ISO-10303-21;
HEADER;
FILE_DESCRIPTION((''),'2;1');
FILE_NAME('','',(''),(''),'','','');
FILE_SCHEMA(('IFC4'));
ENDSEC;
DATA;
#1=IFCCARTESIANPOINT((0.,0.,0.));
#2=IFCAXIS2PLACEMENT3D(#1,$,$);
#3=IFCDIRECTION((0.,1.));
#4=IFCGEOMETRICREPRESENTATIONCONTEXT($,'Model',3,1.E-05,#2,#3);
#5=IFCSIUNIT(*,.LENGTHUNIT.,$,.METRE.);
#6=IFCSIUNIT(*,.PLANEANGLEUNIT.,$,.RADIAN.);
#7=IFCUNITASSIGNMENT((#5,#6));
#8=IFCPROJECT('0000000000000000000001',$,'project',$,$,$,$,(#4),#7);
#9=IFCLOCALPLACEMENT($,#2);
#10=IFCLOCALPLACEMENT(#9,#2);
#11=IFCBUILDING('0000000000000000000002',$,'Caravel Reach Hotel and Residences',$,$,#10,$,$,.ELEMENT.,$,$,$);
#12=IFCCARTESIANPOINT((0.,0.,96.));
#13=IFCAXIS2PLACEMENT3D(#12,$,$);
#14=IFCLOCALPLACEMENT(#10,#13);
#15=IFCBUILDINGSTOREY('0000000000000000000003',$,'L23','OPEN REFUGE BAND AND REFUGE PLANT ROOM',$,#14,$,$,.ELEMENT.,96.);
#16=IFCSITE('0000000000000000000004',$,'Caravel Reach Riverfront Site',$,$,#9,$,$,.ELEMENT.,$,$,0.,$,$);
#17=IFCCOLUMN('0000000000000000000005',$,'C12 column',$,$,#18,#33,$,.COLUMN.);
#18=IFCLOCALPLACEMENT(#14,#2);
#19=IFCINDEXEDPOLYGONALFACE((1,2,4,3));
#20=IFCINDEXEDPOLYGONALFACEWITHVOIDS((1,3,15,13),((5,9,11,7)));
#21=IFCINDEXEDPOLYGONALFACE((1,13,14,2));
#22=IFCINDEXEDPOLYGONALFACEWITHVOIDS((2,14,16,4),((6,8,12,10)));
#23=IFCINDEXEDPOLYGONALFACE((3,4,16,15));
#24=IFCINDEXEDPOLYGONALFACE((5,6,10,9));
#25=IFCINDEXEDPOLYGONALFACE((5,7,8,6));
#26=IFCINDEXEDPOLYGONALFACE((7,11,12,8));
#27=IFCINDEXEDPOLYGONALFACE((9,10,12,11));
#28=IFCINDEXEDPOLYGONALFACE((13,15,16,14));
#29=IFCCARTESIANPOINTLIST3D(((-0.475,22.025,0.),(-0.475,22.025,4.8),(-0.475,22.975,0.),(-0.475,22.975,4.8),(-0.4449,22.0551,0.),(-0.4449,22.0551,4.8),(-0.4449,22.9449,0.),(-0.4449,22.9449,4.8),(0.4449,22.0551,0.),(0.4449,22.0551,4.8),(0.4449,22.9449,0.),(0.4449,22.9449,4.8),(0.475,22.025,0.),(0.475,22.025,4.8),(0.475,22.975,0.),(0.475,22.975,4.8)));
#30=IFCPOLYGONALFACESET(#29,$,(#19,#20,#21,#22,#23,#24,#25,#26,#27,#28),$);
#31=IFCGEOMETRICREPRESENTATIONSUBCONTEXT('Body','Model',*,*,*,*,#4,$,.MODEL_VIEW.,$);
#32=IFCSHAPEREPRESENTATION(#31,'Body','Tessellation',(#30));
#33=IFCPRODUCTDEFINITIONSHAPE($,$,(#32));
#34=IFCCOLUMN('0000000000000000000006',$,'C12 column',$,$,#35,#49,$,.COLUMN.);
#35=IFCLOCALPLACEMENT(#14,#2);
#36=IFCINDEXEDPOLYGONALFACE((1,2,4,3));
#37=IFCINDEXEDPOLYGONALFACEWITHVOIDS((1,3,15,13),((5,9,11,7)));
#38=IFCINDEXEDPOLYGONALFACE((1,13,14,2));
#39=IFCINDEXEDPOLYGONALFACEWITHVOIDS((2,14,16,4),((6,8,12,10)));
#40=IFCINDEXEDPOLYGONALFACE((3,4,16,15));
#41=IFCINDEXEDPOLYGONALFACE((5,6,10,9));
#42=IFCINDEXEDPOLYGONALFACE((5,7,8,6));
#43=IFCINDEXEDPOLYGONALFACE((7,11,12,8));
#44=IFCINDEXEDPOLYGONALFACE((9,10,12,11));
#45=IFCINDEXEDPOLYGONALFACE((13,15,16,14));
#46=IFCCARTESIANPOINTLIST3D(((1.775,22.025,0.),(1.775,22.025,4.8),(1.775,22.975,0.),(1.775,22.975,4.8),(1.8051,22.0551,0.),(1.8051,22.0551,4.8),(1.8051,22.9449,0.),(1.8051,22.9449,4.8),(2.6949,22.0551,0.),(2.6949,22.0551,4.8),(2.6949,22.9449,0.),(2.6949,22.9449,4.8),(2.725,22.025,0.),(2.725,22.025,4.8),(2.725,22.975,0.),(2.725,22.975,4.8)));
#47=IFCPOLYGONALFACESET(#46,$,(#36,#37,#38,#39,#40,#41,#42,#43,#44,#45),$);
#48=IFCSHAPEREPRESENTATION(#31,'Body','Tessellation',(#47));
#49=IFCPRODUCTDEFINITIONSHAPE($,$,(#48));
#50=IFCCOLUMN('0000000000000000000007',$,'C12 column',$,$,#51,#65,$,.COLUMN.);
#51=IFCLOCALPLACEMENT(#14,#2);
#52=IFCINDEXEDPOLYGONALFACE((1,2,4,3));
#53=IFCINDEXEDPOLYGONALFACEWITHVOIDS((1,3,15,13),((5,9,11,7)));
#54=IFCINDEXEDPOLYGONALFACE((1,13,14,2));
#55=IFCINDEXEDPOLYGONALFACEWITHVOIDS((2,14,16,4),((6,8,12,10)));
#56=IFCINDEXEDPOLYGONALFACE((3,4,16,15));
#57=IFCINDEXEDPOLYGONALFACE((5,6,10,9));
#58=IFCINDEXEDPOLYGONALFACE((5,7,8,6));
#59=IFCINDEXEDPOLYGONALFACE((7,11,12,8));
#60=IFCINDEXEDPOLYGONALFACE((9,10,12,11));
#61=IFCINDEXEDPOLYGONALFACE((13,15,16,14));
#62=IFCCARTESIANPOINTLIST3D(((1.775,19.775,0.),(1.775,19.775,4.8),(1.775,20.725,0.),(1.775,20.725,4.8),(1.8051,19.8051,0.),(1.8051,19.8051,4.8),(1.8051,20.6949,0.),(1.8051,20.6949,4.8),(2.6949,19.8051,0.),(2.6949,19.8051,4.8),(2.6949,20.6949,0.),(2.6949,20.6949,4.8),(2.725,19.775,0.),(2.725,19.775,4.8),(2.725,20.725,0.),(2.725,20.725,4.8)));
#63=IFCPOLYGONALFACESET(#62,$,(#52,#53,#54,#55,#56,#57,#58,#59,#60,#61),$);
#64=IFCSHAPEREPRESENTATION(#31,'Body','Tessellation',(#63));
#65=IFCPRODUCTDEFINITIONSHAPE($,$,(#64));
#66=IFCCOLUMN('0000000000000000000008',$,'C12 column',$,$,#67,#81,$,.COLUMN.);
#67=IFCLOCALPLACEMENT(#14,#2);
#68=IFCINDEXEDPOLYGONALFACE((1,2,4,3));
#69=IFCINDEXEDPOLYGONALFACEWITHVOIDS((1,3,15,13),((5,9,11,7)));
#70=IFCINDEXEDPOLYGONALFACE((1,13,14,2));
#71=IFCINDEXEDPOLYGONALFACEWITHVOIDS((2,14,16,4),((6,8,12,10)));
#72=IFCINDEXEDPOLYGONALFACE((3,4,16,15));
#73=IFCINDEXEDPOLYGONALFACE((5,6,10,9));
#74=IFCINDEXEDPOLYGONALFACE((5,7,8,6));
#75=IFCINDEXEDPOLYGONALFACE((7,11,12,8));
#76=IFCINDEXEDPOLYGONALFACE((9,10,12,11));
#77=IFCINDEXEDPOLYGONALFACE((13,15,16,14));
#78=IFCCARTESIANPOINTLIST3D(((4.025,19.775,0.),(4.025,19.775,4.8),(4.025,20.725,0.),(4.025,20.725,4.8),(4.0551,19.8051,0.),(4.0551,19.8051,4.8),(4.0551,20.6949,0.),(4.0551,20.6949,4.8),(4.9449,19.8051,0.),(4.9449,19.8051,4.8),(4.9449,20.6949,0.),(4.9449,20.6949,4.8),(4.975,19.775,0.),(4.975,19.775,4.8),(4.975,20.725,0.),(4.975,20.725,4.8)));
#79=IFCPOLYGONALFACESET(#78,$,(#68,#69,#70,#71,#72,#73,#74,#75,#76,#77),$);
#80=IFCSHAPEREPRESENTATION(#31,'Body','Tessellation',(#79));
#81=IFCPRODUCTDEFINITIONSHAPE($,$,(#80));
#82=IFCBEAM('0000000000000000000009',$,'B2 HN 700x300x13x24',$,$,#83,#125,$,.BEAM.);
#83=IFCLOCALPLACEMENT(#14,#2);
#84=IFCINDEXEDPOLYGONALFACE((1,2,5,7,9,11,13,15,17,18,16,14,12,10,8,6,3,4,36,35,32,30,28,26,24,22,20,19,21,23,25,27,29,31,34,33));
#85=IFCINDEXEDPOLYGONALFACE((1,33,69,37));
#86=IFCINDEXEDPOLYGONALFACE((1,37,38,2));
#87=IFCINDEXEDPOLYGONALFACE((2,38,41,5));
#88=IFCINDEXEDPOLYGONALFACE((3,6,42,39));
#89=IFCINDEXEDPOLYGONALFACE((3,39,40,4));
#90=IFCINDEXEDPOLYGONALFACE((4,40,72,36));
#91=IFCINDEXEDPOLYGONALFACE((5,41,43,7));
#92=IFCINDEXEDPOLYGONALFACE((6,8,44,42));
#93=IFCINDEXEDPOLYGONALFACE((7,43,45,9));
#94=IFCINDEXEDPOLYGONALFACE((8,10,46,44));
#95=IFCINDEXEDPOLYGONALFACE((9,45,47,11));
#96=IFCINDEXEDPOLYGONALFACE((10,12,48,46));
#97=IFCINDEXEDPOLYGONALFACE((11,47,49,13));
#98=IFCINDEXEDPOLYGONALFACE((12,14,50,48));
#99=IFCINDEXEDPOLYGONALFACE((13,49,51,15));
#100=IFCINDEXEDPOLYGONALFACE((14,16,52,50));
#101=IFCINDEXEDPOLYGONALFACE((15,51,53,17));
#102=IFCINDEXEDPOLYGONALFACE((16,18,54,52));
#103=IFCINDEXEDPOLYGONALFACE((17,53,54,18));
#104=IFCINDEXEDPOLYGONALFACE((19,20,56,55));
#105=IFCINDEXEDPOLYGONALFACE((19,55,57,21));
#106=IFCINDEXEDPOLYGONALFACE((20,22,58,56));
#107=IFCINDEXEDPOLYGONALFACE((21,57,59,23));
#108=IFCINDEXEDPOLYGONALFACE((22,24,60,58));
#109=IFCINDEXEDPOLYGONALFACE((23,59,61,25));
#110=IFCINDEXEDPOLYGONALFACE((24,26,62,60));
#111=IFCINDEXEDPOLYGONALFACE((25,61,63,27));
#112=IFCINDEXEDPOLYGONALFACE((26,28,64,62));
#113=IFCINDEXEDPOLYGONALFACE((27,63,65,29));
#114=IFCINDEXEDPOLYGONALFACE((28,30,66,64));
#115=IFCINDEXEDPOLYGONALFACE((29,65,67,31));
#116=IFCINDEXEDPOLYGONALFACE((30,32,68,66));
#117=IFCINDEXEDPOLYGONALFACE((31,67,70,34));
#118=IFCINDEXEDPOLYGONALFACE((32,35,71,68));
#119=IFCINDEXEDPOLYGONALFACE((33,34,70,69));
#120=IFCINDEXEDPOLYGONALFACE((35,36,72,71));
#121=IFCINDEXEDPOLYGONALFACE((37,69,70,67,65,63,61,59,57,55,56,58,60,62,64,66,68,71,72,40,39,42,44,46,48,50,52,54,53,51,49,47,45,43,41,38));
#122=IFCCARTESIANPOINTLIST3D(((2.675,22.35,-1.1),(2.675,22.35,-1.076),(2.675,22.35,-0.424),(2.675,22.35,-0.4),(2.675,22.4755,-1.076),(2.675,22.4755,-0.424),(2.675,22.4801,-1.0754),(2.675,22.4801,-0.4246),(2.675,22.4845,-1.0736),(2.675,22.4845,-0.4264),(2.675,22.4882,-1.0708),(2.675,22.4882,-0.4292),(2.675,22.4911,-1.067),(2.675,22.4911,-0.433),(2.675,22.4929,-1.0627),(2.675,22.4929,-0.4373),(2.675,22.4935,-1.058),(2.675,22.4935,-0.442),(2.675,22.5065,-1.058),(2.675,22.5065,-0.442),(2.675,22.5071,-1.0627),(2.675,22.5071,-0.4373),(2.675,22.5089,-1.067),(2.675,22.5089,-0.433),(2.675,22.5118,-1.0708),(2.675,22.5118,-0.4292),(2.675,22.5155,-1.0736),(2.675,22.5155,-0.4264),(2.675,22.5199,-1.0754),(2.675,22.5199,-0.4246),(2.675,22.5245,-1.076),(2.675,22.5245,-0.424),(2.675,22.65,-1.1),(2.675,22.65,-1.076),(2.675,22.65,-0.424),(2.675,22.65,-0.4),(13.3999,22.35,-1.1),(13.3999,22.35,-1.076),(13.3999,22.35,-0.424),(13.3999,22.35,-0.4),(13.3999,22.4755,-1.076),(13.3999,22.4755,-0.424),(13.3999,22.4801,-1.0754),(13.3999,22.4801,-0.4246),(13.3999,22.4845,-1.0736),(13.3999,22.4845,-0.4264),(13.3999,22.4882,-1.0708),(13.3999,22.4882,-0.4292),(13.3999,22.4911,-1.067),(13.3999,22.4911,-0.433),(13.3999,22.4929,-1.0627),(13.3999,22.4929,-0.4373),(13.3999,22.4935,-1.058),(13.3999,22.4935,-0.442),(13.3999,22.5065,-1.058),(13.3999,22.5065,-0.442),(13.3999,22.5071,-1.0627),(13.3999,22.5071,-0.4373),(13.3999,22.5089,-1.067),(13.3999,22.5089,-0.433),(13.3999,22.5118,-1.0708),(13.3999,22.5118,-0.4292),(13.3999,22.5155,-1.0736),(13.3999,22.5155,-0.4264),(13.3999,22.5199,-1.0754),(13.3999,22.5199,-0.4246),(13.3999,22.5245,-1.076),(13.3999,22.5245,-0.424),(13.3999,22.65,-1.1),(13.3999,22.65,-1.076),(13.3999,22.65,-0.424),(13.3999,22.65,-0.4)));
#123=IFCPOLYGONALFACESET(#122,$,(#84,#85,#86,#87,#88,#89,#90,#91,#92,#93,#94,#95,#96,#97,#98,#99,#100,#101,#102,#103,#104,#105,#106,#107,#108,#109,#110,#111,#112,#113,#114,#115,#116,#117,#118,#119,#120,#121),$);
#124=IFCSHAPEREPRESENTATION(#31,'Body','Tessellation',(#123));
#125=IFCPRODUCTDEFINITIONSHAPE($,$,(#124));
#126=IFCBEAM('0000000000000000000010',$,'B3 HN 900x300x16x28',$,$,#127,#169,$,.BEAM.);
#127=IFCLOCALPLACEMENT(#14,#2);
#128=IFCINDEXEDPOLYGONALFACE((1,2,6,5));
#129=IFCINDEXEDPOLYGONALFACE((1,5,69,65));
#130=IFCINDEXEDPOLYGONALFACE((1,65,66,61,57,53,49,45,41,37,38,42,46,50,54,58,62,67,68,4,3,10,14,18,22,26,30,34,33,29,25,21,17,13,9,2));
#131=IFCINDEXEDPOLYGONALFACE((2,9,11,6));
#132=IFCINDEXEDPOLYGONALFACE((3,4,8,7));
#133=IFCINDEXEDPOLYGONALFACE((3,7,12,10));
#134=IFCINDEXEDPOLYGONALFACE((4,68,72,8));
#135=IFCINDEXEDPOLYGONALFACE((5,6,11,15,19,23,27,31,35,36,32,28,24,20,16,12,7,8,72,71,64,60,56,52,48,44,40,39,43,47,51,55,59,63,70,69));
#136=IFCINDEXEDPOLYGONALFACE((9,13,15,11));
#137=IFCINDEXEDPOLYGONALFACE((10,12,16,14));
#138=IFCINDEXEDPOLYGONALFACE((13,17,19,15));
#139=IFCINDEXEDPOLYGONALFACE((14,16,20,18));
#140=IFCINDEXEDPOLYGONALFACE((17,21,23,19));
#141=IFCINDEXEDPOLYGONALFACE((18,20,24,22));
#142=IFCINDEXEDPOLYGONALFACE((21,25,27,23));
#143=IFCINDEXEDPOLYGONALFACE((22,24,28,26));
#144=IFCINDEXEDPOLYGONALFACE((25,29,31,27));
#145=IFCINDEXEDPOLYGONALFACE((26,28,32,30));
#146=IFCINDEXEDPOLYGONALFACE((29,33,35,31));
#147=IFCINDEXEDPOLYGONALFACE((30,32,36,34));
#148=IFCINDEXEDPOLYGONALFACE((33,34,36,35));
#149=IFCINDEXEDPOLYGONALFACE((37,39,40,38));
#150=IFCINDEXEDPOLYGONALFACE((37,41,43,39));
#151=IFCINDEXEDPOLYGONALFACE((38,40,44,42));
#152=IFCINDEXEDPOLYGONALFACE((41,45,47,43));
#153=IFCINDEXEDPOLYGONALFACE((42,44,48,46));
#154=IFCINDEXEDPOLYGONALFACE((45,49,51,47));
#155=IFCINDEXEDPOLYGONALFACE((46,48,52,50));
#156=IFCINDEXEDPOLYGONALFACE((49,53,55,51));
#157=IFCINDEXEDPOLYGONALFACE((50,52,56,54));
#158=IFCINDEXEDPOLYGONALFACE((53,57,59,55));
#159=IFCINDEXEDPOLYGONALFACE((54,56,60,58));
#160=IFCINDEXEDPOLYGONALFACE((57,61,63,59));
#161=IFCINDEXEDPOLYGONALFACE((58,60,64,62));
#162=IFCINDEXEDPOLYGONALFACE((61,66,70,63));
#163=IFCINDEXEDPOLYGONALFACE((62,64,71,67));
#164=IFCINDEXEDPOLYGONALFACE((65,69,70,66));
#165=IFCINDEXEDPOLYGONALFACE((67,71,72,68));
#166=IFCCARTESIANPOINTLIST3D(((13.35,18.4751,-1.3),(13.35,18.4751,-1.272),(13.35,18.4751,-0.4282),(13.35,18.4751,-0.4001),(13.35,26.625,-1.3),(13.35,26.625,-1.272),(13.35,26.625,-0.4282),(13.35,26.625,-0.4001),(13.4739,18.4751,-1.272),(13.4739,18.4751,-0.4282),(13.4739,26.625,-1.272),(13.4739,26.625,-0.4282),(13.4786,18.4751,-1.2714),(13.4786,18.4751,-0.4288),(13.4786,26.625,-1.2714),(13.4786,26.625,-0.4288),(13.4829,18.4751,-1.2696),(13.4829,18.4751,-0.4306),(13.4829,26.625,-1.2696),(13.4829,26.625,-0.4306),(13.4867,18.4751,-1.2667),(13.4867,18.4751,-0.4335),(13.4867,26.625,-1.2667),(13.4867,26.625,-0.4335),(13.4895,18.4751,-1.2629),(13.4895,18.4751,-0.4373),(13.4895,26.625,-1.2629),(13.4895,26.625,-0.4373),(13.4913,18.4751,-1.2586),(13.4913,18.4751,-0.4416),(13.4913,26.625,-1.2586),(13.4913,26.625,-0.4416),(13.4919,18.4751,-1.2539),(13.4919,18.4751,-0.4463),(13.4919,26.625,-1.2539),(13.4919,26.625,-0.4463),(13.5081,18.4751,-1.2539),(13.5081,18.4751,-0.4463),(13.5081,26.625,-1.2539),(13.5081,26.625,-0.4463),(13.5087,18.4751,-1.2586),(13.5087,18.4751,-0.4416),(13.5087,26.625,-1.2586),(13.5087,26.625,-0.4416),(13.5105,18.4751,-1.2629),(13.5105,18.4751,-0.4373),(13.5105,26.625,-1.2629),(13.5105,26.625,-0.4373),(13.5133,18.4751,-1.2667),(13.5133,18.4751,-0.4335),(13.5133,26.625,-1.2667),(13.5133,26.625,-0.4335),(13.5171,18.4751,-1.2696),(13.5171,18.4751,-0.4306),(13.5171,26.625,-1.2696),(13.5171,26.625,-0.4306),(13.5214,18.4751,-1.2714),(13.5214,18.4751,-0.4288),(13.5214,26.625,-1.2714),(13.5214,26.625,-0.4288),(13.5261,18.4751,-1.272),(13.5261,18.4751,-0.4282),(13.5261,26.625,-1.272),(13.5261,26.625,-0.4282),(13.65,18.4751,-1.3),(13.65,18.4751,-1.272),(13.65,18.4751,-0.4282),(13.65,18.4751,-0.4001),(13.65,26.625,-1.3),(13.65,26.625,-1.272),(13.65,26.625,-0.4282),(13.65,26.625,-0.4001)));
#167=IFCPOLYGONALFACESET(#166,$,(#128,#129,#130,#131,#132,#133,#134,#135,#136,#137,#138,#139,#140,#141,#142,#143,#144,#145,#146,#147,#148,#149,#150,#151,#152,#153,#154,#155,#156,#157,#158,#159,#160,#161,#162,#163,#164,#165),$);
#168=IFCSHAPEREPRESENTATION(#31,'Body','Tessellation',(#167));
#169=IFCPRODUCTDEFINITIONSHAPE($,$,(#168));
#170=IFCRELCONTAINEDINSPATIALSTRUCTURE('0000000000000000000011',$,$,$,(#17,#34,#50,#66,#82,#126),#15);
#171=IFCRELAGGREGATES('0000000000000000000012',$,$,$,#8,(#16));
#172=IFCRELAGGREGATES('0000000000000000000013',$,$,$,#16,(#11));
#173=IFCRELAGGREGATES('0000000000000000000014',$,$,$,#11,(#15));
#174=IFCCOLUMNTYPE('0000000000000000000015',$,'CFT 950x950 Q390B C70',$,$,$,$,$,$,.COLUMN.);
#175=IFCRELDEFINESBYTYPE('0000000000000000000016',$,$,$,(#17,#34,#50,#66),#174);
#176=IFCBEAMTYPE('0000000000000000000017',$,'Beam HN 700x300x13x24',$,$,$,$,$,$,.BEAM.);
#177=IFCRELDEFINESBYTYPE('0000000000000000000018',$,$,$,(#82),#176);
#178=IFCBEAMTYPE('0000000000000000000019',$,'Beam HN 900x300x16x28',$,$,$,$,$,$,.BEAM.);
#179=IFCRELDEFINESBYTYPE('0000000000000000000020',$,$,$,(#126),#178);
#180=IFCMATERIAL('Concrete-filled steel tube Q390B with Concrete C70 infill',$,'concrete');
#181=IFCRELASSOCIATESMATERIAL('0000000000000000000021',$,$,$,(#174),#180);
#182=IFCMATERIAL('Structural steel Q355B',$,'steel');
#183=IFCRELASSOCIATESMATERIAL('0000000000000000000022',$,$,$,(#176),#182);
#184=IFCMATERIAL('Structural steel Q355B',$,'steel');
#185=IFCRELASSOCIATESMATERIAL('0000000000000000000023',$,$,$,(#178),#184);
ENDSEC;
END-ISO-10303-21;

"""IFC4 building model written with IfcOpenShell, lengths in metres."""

from ifc_helpers import new_model, si_unit, direction, frame, origin, origin_2d, place, context, subcontext, project, spatial, hollow_rectangle, i_section, extrude, material, material_profile, profile_set, type_object, element, save


model = new_model("IFC4")

# Units and contexts
model_context = context("Model", 3, precision=1e-05, world=origin(), true_north=direction((0.0, 1.0)))
body_context = subcontext(model_context, "Body", "Model", "MODEL_VIEW")
ifc_project = project(units=[si_unit("LENGTHUNIT", "METRE"), si_unit("PLANEANGLEUNIT", "RADIAN")], contexts=[model_context])

# Site, building, storey
site_placement = place(None, origin())
site = spatial("IfcSite", under=ifc_project, at=site_placement, Name="Caravel Reach Riverfront Site", CompositionType="ELEMENT", RefElevation=0.0)
building_placement = place(site_placement, origin())
building = spatial("IfcBuilding", under=site, at=building_placement, Name="Caravel Reach Hotel and Residences", CompositionType="ELEMENT")
storey_placement = place(building_placement, frame((0.0, 0.0, 96.0)))
storey = spatial("IfcBuildingStorey", under=building, at=storey_placement, Name="L23", Description="OPEN REFUGE BAND AND REFUGE PLANT ROOM", CompositionType="ELEMENT", Elevation=96.0)

# Columns
ifc_material_1 = material(Name="Concrete-filled steel tube Q390B with Concrete C70 infill", Category="concrete")
ifc_material_profile_1 = material_profile(ifc_material_1, hollow_rectangle(XDim=0.95, YDim=0.95, WallThickness=0.03, at=origin_2d()), Name="RHS 950x950x30")
ifc_profile_set_1 = profile_set([ifc_material_profile_1], Name="Concrete-filled steel tube Q390B with Concrete C70 infill")
column_type = type_object("IfcColumnType", Name="CFT 950x950 Q390B C70", PredefinedType="COLUMN", material=ifc_profile_set_1)
for number, where, z_axis, x_axis, name in (
    (1, (0.0, 22.5, 0.0), (0.0, 0.0, 1.0), (1.0, 0.0, 0.0), "C12 column"),
    (2, (2.25, 22.5, 0.0), (0.0, 0.0, 1.0), (1.0, 0.0, 0.0), "C12 column"),
    (3, (2.25, 20.25, 0.0), (0.0, 0.0, 1.0), (1.0, 0.0, 0.0), "C12 column"),
    (4, (4.5, 20.25, 0.0), (0.0, 0.0, 1.0), (1.0, 0.0, 0.0), "C12 column"),
):
    element("IfcColumn", number, at=place(storey_placement, frame(where, z_axis=z_axis, x_axis=x_axis)), inside=storey, type_object=column_type, Name=name, PredefinedType="COLUMN", context=body_context, shape_type="SweptSolid", body=[
        extrude(hollow_rectangle(XDim=0.95, YDim=0.95, WallThickness=0.03, at=origin_2d()), origin(), (0.0, 0.0, 1.0), 4.8),
    ])

# Beams
ifc_material_2 = material(Name="Structural steel Q355B", Category="steel")
ifc_material_profile_2 = material_profile(ifc_material_2, i_section(OverallWidth=0.3, OverallDepth=0.7, WebThickness=0.0129, FlangeThickness=0.0239, FilletRadius=0.0181, at=origin_2d()), Name="HN 700x300x13x24")
ifc_profile_set_2 = profile_set([ifc_material_profile_2], Name="Structural steel Q355B")
beam_type_1 = type_object("IfcBeamType", Name="Beam HN 700x300x13x24", PredefinedType="BEAM", material=ifc_profile_set_2)
beam_1_placement = place(storey_placement, frame((13.3999, 22.5, -0.75), z_axis=(-1.0, 0.0, 0.0), x_axis=(0.0, -1.0, 0.0)))
element("IfcBeam", 5, at=beam_1_placement, inside=storey, type_object=beam_type_1, Name="B2 HN 700x300x13x24", PredefinedType="BEAM", context=body_context, shape_type="SweptSolid", body=[
    extrude(i_section(OverallWidth=0.3, OverallDepth=0.7, WebThickness=0.0129, FlangeThickness=0.0239, FilletRadius=0.0181, at=origin_2d()), origin(), (0.0, 0.0, 1.0), 10.7249),
])
ifc_material_3 = material(Name="Structural steel Q355B", Category="steel")
ifc_material_profile_3 = material_profile(ifc_material_3, i_section(OverallWidth=0.3, OverallDepth=0.8999, WebThickness=0.0161, FlangeThickness=0.0281, FilletRadius=0.0181, at=origin_2d()), Name="HN 900x300x16x28")
ifc_profile_set_3 = profile_set([ifc_material_profile_3], Name="Structural steel Q355B")
beam_type_2 = type_object("IfcBeamType", Name="Beam HN 900x300x16x28", PredefinedType="BEAM", material=ifc_profile_set_3)
beam_2_placement = place(storey_placement, frame((13.5, 18.4751, -0.8501), z_axis=(0.0, 1.0, 0.0), x_axis=(-1.0, 0.0, 0.0)))
element("IfcBeam", 6, at=beam_2_placement, inside=storey, type_object=beam_type_2, Name="B3 HN 900x300x16x28", PredefinedType="BEAM", context=body_context, shape_type="SweptSolid", body=[
    extrude(i_section(OverallWidth=0.3, OverallDepth=0.8999, WebThickness=0.0161, FlangeThickness=0.0281, FilletRadius=0.0181, at=origin_2d()), origin(), (0.0, 0.0, 1.0), 8.1499),
])

save(model, "model.ifc")
